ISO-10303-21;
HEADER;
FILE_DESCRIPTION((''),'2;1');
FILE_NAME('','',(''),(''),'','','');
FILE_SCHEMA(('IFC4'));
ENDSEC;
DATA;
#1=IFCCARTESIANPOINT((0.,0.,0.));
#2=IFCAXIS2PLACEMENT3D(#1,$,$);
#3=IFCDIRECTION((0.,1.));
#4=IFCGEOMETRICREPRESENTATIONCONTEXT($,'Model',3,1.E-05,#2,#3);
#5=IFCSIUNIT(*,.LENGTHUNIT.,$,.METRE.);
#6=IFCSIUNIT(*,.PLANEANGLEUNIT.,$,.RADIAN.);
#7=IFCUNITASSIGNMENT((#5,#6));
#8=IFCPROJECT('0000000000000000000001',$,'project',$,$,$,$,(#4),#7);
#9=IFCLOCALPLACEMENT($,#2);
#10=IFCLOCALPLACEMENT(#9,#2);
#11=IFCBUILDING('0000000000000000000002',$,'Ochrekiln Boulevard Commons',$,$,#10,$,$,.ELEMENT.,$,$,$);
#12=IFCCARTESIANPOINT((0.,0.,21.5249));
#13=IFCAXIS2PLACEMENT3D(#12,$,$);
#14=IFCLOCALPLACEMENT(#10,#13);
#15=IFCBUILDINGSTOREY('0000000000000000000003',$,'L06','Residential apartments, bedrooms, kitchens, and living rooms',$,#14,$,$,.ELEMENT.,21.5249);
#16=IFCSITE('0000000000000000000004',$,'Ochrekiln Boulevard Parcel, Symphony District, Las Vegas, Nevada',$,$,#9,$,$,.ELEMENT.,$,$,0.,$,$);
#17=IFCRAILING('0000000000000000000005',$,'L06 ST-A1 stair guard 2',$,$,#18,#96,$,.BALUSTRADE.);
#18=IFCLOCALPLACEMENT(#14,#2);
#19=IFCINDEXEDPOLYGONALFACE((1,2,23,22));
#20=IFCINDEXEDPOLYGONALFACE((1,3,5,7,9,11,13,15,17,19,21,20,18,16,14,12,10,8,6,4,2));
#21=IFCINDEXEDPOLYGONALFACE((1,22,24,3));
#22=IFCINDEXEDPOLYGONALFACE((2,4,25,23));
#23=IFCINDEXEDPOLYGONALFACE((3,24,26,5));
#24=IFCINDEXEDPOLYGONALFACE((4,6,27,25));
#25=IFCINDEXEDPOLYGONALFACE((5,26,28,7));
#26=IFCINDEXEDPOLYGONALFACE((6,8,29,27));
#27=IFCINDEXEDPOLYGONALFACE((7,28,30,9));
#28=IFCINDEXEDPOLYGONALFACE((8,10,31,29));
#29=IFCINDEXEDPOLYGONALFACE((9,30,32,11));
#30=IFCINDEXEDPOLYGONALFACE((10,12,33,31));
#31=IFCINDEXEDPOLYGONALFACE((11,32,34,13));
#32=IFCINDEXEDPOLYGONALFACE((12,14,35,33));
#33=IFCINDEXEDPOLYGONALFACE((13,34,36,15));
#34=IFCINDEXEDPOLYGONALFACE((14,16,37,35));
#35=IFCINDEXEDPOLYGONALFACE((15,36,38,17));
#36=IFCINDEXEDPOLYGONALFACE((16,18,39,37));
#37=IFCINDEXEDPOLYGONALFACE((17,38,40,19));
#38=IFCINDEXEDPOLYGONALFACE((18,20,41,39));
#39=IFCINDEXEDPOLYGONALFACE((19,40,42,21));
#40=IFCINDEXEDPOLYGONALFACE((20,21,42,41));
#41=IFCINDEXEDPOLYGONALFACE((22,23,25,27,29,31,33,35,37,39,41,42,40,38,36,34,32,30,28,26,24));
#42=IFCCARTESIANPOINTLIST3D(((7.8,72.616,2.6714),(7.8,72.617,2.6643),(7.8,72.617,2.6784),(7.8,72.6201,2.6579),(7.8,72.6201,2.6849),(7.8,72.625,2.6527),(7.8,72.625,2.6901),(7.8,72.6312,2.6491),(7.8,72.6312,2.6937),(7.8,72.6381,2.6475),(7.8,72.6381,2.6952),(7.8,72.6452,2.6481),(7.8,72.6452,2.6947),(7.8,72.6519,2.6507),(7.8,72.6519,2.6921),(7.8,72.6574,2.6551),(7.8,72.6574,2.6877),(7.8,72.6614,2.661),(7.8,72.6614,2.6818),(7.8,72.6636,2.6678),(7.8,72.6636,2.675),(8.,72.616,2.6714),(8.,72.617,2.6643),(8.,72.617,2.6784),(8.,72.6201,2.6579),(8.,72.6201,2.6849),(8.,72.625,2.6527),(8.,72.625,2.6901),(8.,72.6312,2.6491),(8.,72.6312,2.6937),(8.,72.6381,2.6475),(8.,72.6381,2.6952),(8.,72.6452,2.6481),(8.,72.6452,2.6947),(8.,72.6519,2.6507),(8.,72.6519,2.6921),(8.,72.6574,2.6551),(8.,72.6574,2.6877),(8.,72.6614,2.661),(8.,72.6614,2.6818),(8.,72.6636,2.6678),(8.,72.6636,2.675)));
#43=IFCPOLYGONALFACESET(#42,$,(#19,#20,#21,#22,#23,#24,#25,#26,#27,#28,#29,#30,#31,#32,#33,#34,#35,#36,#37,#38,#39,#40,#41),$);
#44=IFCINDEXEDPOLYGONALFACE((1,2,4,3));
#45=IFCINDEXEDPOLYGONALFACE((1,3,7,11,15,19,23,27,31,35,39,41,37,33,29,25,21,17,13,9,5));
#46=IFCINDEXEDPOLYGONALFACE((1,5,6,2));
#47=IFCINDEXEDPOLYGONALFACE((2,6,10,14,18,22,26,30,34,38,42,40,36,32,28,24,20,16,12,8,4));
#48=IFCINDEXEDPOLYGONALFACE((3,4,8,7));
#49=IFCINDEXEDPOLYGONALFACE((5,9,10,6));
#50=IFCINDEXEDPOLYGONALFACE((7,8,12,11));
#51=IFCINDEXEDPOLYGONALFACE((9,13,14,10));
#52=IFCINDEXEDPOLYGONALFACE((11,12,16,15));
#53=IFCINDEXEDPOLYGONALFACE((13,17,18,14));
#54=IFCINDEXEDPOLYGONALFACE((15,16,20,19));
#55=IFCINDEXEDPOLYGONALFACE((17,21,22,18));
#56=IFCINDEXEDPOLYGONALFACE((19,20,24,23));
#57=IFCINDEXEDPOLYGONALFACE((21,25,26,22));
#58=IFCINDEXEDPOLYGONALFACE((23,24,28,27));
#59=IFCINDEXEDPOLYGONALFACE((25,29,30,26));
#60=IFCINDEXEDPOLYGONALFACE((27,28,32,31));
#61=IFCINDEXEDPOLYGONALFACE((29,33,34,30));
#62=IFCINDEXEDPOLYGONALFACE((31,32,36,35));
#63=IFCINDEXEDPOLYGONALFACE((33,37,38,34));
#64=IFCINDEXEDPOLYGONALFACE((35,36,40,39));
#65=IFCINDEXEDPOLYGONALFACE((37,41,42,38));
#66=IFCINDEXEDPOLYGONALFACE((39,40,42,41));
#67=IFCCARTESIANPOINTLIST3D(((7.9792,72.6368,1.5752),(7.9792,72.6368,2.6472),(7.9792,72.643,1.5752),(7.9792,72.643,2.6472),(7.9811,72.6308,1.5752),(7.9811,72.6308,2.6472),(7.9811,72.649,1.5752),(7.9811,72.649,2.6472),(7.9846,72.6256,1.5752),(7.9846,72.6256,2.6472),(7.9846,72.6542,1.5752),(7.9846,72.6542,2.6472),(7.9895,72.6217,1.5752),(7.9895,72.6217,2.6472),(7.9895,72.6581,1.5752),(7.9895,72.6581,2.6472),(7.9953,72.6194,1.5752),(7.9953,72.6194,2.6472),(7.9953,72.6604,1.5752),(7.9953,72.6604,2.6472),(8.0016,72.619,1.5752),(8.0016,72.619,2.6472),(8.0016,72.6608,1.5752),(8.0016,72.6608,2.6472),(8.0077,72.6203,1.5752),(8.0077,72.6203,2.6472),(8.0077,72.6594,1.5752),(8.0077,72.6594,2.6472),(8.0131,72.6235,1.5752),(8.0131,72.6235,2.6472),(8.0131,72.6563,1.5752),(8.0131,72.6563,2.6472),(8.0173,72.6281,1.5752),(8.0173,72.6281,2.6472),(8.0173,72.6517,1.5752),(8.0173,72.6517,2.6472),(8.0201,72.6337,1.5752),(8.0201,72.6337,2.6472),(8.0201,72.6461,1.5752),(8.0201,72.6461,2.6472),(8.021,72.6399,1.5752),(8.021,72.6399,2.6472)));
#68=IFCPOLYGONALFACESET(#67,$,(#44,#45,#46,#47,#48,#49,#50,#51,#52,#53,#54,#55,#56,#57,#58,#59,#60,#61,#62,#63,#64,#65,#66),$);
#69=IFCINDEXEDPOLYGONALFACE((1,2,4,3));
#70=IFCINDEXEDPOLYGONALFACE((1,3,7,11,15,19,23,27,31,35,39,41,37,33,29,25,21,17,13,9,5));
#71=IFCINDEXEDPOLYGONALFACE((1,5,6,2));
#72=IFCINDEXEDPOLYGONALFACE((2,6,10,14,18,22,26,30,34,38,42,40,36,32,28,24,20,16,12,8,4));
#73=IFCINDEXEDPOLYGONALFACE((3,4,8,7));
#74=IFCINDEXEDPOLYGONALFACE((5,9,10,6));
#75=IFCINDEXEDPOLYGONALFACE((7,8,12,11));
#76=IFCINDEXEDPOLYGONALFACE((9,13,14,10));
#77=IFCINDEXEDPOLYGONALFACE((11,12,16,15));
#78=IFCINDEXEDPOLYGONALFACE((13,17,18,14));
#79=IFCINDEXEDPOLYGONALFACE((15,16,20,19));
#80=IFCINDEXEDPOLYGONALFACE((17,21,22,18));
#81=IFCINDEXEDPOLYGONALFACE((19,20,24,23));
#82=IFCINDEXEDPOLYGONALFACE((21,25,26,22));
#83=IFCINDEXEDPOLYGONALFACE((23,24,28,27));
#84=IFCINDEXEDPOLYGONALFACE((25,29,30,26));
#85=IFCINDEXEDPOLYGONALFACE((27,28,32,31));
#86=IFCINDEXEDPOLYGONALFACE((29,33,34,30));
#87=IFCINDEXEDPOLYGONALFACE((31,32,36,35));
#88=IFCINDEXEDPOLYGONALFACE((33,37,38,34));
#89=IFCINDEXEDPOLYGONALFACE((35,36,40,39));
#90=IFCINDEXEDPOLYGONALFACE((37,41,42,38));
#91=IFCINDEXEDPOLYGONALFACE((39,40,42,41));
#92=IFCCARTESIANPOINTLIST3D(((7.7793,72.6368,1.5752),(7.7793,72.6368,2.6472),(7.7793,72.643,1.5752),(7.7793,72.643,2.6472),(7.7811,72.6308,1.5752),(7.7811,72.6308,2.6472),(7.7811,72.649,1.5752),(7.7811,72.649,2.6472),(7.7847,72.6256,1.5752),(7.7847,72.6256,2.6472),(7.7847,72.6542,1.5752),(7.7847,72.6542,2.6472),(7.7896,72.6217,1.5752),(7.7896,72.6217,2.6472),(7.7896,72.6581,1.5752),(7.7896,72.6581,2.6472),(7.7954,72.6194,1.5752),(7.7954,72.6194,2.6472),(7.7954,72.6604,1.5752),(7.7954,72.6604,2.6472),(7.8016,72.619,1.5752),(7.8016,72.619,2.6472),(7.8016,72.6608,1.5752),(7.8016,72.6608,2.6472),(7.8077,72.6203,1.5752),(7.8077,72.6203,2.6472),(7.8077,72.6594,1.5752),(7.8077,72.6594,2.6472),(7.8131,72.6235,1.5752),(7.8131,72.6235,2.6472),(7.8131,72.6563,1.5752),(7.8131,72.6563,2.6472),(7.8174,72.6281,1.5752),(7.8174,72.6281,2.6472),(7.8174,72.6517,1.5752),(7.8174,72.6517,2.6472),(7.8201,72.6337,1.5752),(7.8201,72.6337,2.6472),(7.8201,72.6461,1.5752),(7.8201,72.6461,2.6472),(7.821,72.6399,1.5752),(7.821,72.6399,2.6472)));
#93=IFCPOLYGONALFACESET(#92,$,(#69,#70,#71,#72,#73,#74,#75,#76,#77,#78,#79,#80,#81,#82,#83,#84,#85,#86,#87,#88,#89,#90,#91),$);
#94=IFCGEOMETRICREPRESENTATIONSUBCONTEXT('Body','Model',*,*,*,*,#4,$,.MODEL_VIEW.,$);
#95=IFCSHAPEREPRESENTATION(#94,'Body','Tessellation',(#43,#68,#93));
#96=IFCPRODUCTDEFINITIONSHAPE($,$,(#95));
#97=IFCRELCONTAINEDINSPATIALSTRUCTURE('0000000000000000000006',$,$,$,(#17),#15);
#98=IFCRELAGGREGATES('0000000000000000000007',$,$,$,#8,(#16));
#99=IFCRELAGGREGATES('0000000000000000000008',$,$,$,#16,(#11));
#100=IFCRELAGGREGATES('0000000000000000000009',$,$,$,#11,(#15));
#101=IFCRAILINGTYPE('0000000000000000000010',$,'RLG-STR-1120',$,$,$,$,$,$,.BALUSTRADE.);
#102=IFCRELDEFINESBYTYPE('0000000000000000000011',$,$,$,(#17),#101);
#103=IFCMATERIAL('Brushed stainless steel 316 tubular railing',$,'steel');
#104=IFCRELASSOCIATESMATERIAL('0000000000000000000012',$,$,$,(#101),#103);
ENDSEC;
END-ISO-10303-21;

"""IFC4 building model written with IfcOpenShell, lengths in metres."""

from ifc_helpers import new_model, si_unit, direction, frame, origin, origin_2d, place, context, subcontext, project, spatial, circle, extrude, material, type_object, element, save


model = new_model("IFC4")

# Units and contexts
model_context = context("Model", 3, precision=1e-05, world=origin(), true_north=direction((0.0, 1.0)))
body_context = subcontext(model_context, "Body", "Model", "MODEL_VIEW")
ifc_project = project(units=[si_unit("LENGTHUNIT", "METRE"), si_unit("PLANEANGLEUNIT", "RADIAN")], contexts=[model_context])

# Site, building, storey
site_placement = place(None, origin())
site = spatial("IfcSite", under=ifc_project, at=site_placement, Name="Ochrekiln Boulevard Parcel, Symphony District, Las Vegas, Nevada", CompositionType="ELEMENT", RefElevation=0.0)
building_placement = place(site_placement, origin())
building = spatial("IfcBuilding", under=site, at=building_placement, Name="Ochrekiln Boulevard Commons", CompositionType="ELEMENT")
storey_placement = place(building_placement, frame((0.0, 0.0, 21.5249)))
storey = spatial("IfcBuildingStorey", under=building, at=storey_placement, Name="L06", Description="Residential apartments, bedrooms, kitchens, and living rooms", CompositionType="ELEMENT", Elevation=21.5249)

# Railing
ifc_material_1 = material(Name="Brushed stainless steel 316 tubular railing", Category="steel")
railing_type_1 = type_object("IfcRailingType", Name="RLG-STR-1120", PredefinedType="BALUSTRADE", material=ifc_material_1)
railing_1_placement = place(storey_placement, frame((8.0, 72.6399, 1.5752)))
element("IfcRailing", 1, at=railing_1_placement, inside=storey, type_object=railing_type_1, Name="L06 ST-A1 stair guard 2", PredefinedType="BALUSTRADE", context=body_context, shape_type="SweptSolid", body=[
    extrude(circle(Radius=0.0239, at=origin_2d()), frame((0.0, 0.0, 1.0962), z_axis=(-1.0, 0.0, 0.0), x_axis=(0.0, -1.0, 0.0)), (0.0, 0.0, 1.0), 0.2),
    extrude(circle(Radius=0.021, at=origin_2d()), origin(), (0.0, 0.0, 1.0), 1.072),
    extrude(circle(Radius=0.021, at=origin_2d()), frame((-0.2, 0.0, 0.0)), (0.0, 0.0, 1.0), 1.072),
])

save(model, "model.ifc")
